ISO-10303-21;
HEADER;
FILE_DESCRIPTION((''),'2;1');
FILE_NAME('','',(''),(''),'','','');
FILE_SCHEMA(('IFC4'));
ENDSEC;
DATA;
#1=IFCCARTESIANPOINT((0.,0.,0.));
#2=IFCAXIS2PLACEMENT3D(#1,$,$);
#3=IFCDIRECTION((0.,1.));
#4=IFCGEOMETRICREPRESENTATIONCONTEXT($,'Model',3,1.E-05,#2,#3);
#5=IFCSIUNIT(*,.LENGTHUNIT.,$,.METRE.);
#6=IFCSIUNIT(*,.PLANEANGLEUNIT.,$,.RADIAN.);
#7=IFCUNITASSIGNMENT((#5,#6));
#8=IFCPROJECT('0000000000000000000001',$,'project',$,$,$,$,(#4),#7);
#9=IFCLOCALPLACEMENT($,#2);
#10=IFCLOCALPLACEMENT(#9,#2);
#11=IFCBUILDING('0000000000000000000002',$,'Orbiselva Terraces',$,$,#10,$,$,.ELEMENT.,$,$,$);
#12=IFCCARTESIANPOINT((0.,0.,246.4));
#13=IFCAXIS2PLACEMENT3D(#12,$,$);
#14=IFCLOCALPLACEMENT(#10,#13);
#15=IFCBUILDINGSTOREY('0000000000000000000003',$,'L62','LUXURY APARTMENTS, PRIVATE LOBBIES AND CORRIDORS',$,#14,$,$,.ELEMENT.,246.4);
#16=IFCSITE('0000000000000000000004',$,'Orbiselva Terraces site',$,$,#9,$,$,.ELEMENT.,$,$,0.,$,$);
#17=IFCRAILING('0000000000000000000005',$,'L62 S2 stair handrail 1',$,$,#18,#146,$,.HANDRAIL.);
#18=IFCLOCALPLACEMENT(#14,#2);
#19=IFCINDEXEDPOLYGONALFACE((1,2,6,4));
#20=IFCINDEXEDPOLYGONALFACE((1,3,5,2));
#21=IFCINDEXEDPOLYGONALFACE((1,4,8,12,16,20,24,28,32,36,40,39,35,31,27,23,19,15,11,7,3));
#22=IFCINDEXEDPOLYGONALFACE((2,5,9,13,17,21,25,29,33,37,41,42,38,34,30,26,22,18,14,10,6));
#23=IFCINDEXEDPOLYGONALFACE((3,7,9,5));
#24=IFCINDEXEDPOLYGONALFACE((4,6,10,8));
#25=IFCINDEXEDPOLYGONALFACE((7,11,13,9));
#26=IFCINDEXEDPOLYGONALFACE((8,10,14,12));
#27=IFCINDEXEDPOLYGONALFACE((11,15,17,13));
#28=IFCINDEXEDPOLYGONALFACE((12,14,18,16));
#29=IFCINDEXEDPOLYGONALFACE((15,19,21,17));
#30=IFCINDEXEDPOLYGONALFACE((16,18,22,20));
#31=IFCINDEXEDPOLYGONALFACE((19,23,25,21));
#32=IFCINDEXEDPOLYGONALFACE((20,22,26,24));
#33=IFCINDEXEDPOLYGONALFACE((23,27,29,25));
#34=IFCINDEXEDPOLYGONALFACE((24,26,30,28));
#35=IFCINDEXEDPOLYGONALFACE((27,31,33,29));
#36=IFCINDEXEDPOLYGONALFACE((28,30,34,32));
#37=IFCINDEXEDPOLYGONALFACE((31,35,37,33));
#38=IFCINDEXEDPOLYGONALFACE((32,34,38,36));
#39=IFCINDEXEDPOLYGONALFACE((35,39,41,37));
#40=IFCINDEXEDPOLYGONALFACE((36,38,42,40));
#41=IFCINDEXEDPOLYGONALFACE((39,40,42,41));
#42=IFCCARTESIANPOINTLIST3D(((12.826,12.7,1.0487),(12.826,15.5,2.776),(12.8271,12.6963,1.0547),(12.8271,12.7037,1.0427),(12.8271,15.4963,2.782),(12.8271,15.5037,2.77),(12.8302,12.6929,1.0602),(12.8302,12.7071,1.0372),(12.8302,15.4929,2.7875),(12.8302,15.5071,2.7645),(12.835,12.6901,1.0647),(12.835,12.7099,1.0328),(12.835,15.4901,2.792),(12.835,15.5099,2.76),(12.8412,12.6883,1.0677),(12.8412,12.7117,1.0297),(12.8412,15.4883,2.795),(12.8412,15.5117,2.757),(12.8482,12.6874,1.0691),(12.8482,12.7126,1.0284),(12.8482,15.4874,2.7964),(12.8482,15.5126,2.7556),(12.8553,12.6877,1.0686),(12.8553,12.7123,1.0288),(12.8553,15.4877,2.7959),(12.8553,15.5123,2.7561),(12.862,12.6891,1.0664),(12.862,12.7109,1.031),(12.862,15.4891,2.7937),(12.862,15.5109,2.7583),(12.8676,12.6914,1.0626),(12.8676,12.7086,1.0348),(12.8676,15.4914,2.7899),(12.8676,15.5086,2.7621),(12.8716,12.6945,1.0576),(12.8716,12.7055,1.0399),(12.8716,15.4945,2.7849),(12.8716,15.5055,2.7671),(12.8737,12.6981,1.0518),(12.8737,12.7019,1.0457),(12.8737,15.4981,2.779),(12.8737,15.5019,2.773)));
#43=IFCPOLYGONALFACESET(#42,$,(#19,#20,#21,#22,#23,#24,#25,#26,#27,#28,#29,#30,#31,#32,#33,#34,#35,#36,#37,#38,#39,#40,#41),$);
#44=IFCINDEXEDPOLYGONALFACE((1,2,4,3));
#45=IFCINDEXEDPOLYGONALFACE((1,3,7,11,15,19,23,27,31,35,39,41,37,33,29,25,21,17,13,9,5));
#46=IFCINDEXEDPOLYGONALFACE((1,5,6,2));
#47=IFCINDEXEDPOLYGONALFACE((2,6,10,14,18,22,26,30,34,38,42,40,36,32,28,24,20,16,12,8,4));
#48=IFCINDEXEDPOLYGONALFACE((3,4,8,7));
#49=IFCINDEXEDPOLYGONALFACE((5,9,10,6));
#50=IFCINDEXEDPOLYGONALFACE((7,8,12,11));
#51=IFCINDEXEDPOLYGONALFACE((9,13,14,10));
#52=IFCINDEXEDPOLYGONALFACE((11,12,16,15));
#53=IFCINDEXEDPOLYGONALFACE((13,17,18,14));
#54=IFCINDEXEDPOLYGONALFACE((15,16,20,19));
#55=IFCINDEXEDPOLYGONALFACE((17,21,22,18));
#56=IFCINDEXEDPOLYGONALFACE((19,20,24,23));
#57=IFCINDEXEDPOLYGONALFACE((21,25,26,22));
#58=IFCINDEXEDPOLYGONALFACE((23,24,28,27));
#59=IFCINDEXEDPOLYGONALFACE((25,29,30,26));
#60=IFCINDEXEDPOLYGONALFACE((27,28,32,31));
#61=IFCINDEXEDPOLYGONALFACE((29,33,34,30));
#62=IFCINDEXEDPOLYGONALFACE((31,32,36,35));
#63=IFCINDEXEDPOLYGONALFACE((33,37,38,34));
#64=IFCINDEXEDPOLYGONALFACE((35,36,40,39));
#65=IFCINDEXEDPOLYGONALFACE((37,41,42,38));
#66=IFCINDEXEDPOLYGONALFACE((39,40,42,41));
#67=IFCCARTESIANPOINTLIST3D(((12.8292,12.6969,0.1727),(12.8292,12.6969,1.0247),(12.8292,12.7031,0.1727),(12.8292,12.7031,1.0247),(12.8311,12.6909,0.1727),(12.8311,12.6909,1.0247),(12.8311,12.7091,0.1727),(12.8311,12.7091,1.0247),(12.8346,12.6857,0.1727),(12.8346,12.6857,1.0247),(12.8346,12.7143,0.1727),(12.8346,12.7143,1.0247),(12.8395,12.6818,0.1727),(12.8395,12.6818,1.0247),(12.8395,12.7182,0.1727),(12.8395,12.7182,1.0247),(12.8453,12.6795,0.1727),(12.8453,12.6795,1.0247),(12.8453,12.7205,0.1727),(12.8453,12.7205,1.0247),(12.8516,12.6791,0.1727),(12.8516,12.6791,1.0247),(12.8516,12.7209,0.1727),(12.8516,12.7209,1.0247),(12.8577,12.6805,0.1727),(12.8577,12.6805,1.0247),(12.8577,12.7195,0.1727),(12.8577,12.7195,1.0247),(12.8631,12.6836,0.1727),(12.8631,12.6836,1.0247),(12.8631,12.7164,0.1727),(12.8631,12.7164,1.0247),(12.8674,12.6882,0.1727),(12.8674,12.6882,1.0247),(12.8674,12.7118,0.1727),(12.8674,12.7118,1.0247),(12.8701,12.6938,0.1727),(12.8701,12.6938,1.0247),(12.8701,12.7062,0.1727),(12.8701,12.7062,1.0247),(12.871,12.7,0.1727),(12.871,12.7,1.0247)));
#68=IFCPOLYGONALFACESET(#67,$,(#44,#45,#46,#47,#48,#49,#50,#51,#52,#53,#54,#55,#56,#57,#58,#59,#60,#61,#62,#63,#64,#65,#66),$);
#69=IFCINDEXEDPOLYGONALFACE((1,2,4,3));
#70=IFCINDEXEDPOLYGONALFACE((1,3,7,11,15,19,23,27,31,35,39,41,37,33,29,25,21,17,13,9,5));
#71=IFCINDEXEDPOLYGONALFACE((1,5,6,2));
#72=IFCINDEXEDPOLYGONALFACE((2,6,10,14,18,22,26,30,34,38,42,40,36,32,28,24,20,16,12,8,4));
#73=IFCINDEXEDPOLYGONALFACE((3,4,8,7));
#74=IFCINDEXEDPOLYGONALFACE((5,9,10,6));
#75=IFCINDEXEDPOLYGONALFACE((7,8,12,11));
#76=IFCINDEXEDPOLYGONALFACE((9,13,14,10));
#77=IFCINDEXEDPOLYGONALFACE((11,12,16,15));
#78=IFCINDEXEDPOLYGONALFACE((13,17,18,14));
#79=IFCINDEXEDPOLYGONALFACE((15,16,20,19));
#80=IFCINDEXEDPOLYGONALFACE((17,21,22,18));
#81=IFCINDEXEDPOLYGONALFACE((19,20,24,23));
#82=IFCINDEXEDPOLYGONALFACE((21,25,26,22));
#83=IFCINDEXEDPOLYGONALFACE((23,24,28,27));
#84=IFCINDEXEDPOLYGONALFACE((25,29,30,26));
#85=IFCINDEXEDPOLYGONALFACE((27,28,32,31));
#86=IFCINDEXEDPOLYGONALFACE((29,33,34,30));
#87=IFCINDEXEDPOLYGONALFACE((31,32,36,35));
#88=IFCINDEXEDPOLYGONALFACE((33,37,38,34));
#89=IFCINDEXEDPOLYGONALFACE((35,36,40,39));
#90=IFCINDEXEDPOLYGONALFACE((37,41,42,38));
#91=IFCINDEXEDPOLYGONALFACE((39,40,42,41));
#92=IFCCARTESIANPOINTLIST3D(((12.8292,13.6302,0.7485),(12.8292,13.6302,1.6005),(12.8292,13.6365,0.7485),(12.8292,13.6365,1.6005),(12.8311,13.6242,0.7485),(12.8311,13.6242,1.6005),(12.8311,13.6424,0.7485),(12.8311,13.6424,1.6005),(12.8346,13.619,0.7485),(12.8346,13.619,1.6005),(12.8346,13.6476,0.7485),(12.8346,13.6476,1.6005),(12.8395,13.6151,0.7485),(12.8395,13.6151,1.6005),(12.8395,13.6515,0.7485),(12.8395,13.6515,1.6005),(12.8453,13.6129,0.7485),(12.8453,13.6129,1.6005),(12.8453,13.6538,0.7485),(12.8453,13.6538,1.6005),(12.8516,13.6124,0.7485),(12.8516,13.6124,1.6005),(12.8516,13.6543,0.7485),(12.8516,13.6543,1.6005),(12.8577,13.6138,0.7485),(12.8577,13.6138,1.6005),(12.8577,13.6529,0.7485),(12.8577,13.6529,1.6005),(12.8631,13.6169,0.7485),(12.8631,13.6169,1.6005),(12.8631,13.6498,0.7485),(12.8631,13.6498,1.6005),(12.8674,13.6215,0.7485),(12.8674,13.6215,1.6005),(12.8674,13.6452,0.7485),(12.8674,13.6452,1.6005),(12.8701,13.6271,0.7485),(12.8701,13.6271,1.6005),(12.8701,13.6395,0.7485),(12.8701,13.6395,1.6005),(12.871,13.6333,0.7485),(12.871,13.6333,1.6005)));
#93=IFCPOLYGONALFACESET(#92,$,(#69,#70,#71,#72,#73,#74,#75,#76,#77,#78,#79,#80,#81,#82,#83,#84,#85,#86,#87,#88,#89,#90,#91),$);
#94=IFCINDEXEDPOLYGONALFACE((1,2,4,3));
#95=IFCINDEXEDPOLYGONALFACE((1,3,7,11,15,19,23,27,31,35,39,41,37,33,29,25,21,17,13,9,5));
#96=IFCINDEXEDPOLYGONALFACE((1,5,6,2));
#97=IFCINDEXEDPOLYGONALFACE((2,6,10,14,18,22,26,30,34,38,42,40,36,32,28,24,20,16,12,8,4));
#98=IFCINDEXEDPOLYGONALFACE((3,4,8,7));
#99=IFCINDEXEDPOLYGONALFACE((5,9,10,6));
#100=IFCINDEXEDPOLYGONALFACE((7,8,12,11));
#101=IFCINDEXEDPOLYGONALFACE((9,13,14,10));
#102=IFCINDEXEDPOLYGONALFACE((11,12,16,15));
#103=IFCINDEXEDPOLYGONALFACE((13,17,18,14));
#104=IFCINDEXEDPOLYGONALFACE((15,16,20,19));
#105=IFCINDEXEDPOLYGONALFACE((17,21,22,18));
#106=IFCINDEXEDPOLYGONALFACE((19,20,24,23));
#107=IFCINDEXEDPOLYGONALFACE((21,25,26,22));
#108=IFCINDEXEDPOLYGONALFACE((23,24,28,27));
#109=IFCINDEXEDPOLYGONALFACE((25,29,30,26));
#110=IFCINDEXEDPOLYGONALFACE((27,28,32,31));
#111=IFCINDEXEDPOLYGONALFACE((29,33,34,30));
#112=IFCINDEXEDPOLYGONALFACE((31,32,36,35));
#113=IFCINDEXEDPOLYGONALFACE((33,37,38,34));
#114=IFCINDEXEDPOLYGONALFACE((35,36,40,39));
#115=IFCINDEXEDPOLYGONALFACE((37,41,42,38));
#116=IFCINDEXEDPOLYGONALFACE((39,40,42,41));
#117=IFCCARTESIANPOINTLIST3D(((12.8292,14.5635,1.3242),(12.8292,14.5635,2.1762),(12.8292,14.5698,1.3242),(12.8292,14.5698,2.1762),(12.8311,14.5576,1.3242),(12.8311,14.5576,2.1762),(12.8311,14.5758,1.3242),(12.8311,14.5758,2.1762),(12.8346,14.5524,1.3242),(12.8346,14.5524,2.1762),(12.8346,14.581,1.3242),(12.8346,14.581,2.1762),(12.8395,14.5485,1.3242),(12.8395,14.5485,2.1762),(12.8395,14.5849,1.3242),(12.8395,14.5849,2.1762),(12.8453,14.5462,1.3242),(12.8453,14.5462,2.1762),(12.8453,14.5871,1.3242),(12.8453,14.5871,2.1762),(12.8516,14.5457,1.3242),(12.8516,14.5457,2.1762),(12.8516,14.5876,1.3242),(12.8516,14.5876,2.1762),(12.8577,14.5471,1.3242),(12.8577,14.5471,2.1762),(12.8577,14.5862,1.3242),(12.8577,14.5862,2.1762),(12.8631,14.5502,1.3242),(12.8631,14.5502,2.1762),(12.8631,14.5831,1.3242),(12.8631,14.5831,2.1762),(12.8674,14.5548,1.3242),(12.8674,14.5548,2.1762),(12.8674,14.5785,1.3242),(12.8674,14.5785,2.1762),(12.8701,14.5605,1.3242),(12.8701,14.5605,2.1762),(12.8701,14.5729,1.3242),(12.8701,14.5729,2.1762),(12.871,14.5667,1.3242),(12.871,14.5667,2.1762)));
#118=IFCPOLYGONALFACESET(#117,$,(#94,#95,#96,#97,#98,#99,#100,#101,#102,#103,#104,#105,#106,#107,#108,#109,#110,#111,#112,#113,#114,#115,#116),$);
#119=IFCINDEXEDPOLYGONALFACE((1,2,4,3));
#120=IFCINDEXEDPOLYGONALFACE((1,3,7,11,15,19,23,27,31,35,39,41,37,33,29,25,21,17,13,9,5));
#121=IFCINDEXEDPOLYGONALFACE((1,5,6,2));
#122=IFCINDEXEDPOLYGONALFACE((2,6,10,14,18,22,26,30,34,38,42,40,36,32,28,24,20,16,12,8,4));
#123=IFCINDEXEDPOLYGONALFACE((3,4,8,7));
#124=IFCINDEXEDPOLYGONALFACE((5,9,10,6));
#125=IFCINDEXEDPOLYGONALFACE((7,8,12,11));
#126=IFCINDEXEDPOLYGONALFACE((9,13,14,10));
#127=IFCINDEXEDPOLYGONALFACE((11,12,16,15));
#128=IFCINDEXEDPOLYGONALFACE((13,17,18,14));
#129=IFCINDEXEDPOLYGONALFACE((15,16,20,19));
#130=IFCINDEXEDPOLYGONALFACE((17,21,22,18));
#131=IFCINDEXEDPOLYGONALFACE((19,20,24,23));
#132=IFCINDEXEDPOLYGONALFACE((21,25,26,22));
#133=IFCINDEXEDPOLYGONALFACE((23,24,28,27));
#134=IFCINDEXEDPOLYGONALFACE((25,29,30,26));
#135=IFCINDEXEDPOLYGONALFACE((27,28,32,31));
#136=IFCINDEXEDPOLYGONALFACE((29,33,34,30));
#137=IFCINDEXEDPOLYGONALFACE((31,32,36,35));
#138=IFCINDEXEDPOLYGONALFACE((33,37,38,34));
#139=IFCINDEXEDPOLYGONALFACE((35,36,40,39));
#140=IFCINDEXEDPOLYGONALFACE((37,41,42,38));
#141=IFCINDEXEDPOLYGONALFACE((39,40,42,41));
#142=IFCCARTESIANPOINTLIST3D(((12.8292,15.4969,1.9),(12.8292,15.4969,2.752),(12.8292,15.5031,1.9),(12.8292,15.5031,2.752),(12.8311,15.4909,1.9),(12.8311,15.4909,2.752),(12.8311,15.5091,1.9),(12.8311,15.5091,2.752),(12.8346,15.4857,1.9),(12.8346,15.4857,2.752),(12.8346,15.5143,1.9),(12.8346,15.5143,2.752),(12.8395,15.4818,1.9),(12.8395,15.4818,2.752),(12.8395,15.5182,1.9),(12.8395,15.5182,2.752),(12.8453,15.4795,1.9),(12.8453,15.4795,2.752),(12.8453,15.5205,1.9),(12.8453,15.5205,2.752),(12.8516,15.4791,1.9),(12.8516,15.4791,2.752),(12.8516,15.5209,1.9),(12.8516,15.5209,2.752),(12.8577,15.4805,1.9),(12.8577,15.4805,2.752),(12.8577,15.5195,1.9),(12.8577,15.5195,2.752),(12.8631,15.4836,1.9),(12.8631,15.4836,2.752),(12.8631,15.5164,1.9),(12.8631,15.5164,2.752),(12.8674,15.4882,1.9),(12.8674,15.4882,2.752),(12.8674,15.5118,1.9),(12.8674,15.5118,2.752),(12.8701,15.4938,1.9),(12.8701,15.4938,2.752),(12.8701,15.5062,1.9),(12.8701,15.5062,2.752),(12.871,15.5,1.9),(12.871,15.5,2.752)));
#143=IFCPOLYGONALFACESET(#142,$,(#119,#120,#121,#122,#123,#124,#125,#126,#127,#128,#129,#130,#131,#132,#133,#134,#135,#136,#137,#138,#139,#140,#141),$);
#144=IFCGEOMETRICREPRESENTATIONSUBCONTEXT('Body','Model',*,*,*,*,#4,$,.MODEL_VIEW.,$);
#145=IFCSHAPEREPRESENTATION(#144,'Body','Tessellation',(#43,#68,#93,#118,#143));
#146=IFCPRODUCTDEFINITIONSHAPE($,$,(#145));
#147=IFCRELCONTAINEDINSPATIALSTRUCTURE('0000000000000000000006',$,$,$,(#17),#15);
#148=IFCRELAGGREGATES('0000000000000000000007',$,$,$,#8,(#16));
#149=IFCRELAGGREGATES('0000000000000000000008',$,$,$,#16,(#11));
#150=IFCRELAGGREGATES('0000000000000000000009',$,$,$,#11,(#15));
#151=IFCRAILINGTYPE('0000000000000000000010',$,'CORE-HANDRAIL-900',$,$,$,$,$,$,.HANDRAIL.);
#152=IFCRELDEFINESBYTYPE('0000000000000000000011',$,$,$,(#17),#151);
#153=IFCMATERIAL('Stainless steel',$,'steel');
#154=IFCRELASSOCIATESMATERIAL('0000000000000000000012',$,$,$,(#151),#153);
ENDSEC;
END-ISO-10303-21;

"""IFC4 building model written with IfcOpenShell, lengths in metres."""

from ifc_helpers import new_model, si_unit, direction, frame, origin, origin_2d, place, context, subcontext, project, spatial, circle, extrude, material, type_object, element, save


model = new_model("IFC4")

# Units and contexts
model_context = context("Model", 3, precision=1e-05, world=origin(), true_north=direction((0.0, 1.0)))
body_context = subcontext(model_context, "Body", "Model", "MODEL_VIEW")
ifc_project = project(units=[si_unit("LENGTHUNIT", "METRE"), si_unit("PLANEANGLEUNIT", "RADIAN")], contexts=[model_context])

# Site, building, storey
site_placement = place(None, origin())
site = spatial("IfcSite", under=ifc_project, at=site_placement, Name="Orbiselva Terraces site", CompositionType="ELEMENT", RefElevation=0.0)
building_placement = place(site_placement, origin())
building = spatial("IfcBuilding", under=site, at=building_placement, Name="Orbiselva Terraces", CompositionType="ELEMENT")
storey_placement = place(building_placement, frame((0.0, 0.0, 246.4)))
storey = spatial("IfcBuildingStorey", under=building, at=storey_placement, Name="L62", Description="LUXURY APARTMENTS, PRIVATE LOBBIES AND CORRIDORS", CompositionType="ELEMENT", Elevation=246.4)

# Railing
ifc_material_1 = material(Name="Stainless steel", Category="steel")
railing_type = type_object("IfcRailingType", Name="CORE-HANDRAIL-900", PredefinedType="HANDRAIL", material=ifc_material_1)
railing_1_placement = place(storey_placement, frame((12.85, 12.7, 0.1727)))
element("IfcRailing", 1, at=railing_1_placement, inside=storey, type_object=railing_type, Name="L62 S2 stair handrail 1", PredefinedType="HANDRAIL", context=body_context, shape_type="SweptSolid", body=[
    extrude(circle(Radius=0.024, at=origin_2d()), frame((0.0, 0.0, 0.876), z_axis=(0.0, 0.851089, 0.525022), x_axis=(-1.0, 0.0, 0.0)), (0.0, 0.0, 1.0), 3.2899),
    extrude(circle(Radius=0.021, at=origin_2d()), origin(), (0.0, 0.0, 1.0), 0.852),
    extrude(circle(Radius=0.021, at=origin_2d()), frame((0.0, 0.9333, 0.5758)), (0.0, 0.0, 1.0), 0.852),
    extrude(circle(Radius=0.021, at=origin_2d()), frame((0.0, 1.8667, 1.1515)), (0.0, 0.0, 1.0), 0.852),
    extrude(circle(Radius=0.021, at=origin_2d()), frame((0.0, 2.8, 1.7273)), (0.0, 0.0, 1.0), 0.852),
])

save(model, "model.ifc")
